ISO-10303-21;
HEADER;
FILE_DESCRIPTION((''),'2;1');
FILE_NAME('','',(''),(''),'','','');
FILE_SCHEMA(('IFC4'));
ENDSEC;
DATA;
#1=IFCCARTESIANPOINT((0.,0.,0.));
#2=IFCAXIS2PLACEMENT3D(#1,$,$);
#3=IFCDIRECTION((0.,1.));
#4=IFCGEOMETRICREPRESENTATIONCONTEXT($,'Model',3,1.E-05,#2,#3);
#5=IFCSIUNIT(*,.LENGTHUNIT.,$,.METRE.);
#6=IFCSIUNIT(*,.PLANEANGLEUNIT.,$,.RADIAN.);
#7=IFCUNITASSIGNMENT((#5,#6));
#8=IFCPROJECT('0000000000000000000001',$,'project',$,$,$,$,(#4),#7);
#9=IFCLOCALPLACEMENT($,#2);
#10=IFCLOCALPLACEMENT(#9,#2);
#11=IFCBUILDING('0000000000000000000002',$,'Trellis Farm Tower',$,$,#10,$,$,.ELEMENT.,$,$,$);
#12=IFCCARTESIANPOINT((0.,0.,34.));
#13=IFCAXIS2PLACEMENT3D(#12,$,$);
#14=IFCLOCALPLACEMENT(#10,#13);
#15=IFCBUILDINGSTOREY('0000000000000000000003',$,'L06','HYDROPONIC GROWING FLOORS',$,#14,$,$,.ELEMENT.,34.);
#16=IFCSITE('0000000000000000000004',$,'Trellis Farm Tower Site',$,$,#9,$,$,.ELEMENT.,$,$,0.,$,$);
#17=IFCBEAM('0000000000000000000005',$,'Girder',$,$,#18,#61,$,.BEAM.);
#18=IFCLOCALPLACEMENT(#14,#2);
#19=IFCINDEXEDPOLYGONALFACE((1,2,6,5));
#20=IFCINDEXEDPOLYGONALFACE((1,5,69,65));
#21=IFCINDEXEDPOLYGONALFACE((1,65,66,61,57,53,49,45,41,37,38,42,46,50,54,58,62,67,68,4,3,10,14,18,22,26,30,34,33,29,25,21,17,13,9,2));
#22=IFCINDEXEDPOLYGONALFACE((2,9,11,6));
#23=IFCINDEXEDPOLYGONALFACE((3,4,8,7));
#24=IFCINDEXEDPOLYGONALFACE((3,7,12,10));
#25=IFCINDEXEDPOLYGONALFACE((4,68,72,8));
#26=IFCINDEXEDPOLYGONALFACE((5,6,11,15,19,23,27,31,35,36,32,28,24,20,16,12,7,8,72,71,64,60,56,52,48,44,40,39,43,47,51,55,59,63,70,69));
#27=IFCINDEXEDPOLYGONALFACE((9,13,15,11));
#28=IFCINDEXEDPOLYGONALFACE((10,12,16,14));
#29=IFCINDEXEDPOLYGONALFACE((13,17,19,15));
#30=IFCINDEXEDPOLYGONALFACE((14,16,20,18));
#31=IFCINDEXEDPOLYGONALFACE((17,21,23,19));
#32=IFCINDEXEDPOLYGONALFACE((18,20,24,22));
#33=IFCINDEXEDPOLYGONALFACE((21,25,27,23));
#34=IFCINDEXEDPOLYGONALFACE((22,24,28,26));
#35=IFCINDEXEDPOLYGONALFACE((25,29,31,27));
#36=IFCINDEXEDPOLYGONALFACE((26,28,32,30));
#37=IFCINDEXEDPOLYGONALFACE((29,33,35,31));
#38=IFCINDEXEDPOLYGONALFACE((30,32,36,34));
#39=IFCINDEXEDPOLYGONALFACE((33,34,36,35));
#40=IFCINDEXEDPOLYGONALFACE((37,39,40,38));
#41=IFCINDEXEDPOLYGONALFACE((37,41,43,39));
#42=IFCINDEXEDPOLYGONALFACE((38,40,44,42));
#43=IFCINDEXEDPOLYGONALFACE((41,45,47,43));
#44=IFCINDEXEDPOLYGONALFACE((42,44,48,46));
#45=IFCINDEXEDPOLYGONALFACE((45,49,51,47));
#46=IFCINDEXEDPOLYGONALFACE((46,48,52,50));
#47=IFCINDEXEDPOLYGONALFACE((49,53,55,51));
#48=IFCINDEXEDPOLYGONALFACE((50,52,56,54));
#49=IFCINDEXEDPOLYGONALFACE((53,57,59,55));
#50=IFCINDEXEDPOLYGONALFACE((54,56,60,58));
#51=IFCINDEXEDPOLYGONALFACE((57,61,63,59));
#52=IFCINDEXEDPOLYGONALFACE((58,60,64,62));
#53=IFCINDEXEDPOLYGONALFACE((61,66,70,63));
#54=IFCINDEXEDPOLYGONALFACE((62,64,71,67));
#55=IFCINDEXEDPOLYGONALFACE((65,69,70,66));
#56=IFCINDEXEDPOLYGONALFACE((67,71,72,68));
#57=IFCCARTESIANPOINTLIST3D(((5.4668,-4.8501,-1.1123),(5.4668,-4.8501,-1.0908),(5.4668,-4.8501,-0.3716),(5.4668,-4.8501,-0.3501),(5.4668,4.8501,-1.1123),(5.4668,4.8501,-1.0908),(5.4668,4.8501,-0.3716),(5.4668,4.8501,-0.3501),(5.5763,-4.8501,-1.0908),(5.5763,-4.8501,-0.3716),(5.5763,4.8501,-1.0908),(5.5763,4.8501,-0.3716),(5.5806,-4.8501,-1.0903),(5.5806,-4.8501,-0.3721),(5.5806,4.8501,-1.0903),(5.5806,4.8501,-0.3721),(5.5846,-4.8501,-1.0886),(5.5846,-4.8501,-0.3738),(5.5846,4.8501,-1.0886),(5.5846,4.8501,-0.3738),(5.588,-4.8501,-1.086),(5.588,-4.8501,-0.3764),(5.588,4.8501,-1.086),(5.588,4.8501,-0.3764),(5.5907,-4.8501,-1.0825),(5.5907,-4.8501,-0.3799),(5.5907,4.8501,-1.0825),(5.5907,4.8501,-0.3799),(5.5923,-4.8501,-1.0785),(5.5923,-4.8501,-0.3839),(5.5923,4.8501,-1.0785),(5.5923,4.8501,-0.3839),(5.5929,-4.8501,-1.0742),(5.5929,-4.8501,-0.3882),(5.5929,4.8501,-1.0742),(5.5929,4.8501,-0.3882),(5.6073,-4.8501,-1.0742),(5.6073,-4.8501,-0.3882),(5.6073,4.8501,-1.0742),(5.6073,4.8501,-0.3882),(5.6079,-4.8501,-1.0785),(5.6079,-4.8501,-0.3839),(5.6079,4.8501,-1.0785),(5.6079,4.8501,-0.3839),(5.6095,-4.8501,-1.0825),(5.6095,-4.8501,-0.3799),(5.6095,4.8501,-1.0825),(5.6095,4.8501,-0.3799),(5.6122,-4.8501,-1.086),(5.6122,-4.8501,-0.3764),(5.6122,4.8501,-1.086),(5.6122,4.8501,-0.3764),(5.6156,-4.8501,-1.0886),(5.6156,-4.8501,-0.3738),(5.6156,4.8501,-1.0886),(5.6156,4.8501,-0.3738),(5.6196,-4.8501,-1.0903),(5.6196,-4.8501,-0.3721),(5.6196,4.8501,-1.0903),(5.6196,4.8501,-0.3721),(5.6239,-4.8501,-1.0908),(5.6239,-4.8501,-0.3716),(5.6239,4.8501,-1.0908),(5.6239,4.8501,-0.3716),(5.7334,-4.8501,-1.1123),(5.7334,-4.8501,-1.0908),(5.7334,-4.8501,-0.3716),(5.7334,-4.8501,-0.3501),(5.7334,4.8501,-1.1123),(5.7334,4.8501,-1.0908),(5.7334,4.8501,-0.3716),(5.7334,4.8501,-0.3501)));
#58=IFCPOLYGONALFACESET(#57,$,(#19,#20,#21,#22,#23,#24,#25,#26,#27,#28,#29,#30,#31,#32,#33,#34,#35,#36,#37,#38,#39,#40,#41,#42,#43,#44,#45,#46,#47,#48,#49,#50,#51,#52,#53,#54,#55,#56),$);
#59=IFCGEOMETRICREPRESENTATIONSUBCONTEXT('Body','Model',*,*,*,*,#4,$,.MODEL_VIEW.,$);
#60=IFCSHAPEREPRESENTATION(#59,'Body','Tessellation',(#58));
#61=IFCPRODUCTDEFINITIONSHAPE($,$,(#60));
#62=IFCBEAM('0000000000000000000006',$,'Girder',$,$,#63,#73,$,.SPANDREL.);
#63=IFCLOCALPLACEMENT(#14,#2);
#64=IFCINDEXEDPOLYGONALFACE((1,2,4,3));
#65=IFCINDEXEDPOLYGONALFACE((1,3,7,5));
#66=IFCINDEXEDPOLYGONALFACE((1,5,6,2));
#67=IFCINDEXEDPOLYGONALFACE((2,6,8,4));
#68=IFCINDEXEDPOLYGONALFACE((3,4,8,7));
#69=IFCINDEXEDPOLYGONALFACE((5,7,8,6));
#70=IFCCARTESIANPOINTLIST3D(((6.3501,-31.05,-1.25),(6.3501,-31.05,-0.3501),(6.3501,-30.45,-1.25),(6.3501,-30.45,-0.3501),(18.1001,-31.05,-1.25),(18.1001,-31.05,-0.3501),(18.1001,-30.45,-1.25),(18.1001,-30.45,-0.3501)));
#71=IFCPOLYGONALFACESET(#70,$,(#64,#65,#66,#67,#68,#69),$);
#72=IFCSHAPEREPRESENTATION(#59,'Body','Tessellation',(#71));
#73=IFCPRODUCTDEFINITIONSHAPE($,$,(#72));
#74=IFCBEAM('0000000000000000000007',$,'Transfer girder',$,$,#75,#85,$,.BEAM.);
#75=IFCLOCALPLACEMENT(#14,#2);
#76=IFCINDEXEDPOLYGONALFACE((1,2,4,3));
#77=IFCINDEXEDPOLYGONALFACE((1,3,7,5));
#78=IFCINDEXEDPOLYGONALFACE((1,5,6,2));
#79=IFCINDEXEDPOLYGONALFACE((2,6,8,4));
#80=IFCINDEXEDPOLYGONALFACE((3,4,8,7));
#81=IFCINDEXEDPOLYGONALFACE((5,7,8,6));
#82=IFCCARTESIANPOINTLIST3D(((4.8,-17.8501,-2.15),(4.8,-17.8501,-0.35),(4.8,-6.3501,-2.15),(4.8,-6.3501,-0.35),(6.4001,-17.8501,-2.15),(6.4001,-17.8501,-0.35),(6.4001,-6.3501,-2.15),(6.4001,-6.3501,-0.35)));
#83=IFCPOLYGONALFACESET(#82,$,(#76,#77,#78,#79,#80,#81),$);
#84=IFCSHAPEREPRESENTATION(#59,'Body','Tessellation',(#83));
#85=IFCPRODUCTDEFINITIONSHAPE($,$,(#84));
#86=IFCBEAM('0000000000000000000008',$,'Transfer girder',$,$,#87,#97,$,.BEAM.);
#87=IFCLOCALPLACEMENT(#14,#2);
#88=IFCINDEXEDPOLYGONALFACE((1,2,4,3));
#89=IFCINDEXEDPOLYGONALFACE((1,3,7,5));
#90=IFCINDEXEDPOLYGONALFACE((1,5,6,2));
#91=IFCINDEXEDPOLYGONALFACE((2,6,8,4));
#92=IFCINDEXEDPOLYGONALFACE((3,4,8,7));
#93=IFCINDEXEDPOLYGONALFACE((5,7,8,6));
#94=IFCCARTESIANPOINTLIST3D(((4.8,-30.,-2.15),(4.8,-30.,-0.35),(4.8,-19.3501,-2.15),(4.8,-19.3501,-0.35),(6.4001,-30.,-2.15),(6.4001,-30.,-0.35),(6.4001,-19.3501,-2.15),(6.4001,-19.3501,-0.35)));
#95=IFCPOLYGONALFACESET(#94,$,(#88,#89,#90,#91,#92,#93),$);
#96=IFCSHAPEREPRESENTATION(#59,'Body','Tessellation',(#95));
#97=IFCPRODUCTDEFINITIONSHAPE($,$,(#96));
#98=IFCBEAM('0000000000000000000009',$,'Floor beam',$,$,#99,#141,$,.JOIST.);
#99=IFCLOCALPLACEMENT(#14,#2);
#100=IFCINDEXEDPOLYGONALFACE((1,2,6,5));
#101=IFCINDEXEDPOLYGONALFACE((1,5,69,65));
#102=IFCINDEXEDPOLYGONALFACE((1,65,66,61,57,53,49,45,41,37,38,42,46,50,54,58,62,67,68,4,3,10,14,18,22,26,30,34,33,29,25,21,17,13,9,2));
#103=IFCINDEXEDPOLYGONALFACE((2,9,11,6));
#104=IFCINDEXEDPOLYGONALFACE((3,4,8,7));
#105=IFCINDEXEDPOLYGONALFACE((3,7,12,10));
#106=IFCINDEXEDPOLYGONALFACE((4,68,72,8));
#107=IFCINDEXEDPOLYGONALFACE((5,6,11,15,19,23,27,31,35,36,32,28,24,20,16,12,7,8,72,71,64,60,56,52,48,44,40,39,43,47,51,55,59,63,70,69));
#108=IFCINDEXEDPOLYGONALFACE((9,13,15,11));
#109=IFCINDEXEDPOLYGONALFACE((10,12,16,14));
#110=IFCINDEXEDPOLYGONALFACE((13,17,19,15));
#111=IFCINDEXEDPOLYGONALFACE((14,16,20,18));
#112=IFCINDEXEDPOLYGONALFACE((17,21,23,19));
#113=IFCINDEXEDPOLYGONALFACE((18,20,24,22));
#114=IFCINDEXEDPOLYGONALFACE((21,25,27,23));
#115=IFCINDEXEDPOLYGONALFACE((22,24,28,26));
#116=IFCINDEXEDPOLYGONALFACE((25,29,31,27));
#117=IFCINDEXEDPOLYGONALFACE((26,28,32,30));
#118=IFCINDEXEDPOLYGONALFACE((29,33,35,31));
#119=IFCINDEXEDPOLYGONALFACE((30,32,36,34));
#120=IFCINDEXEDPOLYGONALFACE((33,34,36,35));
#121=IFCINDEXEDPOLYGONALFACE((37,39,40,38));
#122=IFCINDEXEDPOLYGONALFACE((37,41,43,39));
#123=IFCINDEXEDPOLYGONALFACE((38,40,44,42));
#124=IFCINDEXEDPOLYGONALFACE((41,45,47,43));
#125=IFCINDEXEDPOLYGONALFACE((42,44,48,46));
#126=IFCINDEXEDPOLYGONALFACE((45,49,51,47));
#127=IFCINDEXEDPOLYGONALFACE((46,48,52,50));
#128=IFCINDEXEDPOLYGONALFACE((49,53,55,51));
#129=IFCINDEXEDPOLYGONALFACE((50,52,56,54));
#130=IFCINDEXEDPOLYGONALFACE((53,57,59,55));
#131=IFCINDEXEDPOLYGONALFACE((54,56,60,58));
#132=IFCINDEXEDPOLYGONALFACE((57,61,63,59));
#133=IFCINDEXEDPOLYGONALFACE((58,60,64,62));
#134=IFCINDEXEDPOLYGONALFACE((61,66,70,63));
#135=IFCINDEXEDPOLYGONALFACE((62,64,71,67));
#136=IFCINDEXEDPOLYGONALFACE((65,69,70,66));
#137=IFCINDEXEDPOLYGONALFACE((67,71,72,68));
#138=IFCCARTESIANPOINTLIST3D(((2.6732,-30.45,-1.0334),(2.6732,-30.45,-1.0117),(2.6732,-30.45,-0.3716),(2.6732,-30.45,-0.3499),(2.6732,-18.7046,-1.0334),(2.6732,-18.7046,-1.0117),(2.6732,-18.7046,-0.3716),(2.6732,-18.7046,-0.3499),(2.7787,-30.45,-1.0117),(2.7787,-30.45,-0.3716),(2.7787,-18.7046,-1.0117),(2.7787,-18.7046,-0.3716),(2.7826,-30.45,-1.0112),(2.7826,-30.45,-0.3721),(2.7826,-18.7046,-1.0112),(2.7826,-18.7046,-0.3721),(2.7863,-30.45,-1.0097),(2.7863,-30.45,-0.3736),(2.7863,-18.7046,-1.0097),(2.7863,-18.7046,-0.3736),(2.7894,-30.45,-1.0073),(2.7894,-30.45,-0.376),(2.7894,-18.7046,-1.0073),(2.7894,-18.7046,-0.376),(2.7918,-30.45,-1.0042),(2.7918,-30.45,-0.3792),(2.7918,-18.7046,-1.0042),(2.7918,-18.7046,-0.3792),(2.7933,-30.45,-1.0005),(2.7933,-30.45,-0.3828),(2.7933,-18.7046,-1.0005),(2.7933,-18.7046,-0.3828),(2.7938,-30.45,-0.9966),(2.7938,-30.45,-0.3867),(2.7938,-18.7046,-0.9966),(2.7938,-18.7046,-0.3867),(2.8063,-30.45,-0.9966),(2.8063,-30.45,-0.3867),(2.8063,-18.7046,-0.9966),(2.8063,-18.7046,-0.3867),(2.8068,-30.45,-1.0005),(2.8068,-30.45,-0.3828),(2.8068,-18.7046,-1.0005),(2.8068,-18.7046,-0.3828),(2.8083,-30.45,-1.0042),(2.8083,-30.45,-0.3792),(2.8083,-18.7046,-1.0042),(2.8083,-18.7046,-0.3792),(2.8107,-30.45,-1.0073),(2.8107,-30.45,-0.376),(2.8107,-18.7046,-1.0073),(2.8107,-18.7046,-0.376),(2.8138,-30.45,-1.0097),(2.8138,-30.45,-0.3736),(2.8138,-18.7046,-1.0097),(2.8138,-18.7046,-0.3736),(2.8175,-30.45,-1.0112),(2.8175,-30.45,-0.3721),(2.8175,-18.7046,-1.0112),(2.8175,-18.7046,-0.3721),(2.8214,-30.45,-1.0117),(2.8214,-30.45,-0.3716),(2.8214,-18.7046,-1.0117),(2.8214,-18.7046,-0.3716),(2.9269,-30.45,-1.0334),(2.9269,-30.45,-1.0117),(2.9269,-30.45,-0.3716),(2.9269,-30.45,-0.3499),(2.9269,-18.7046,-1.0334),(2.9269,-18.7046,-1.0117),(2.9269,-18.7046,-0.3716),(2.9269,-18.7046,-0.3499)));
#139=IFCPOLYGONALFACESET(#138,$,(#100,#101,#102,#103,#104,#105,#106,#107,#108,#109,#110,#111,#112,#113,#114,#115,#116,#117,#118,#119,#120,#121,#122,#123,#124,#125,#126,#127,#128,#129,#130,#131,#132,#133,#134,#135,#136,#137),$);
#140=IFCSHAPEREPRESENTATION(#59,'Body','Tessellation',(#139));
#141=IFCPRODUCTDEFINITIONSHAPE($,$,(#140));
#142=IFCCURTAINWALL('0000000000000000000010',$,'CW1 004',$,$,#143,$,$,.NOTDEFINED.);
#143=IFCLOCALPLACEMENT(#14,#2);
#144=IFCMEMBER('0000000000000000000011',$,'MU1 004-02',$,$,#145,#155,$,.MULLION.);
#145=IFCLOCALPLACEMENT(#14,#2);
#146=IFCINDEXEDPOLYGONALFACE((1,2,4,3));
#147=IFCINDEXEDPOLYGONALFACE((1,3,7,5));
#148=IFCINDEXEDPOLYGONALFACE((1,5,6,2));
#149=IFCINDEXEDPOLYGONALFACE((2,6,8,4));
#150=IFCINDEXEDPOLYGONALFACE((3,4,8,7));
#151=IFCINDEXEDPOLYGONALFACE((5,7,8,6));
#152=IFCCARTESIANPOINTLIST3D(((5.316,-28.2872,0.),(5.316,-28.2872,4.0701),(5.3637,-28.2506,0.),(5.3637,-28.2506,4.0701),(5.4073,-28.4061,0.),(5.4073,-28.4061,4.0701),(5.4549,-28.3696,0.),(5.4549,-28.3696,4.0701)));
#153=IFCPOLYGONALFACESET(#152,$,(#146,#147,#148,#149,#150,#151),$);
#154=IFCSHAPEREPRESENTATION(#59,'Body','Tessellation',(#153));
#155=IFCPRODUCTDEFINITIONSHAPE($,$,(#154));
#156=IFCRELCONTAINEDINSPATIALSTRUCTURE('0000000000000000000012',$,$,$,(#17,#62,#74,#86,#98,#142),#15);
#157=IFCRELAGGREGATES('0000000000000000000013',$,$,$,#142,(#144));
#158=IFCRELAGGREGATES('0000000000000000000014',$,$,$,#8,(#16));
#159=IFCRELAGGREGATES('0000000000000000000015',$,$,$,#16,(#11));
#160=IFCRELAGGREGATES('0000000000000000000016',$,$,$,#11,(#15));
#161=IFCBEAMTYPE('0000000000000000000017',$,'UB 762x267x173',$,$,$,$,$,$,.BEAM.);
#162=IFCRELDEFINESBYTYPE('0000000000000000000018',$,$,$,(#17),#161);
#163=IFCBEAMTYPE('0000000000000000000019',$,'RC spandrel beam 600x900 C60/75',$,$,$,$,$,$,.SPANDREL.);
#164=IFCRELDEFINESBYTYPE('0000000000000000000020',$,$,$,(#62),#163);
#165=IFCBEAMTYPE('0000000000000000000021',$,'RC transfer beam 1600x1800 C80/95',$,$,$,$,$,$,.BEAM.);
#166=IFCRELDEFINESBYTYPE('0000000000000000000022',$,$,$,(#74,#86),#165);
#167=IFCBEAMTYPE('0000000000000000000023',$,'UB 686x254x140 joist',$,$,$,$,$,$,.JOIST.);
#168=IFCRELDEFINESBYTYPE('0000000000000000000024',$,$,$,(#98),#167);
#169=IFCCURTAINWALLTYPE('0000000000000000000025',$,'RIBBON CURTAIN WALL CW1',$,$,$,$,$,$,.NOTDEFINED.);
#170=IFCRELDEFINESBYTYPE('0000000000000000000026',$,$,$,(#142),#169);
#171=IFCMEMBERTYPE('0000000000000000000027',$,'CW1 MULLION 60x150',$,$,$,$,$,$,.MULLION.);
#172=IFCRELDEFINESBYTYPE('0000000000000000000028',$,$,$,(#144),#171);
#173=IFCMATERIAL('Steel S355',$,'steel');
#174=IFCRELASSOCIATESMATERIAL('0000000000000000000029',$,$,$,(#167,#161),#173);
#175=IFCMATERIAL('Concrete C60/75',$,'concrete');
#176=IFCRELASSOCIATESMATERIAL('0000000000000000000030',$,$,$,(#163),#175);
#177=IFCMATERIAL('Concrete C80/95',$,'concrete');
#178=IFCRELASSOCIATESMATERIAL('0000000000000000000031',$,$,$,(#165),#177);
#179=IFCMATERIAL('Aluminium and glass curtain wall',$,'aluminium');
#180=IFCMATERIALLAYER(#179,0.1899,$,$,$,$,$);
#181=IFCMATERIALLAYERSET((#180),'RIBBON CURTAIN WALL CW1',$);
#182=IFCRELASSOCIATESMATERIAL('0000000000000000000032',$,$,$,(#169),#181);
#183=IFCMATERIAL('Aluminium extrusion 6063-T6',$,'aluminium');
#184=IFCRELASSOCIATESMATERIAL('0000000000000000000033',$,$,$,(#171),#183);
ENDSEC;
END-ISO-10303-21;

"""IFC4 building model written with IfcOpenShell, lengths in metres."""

from ifc_helpers import new_model, si_unit, direction, frame, origin, origin_2d, place, context, subcontext, project, spatial, rectangle, i_section, extrude, source, transform, mapped, material, layer, layer_set, material_profile, profile_set, type_object, element, aggregate, save


model = new_model("IFC4")

# Units and contexts
model_context = context("Model", 3, precision=1e-05, world=origin(), true_north=direction((0.0, 1.0)))
body_context = subcontext(model_context, "Body", "Model", "MODEL_VIEW")
ifc_project = project(units=[si_unit("LENGTHUNIT", "METRE"), si_unit("PLANEANGLEUNIT", "RADIAN")], contexts=[model_context])

# Site, building, storey
site_placement = place(None, origin())
site = spatial("IfcSite", under=ifc_project, at=site_placement, Name="Trellis Farm Tower Site", CompositionType="ELEMENT", RefElevation=0.0)
building_placement = place(site_placement, origin())
building = spatial("IfcBuilding", under=site, at=building_placement, Name="Trellis Farm Tower", CompositionType="ELEMENT")
storey_placement = place(building_placement, frame((0.0, 0.0, 34.0)))
storey = spatial("IfcBuildingStorey", under=building, at=storey_placement, Name="L06", Description="HYDROPONIC GROWING FLOORS", CompositionType="ELEMENT", Elevation=34.0)

# Shared definitions
ifc_material_1 = material(Name="Concrete C80/95", Category="concrete")

# Beams
ifc_material_2 = material(Name="Steel S355", Category="steel")
ifc_material_profile_1 = material_profile(ifc_material_2, i_section(OverallWidth=0.2537, OverallDepth=0.6836, WebThickness=0.0125, FlangeThickness=0.0217, FilletRadius=0.0151, at=origin_2d()), Name="UB 686x254x140")
ifc_profile_set_1 = profile_set([ifc_material_profile_1], Name="Steel S355")
beam_type_1 = type_object("IfcBeamType", Name="UB 686x254x140 joist", PredefinedType="JOIST", material=ifc_profile_set_1)
ifc_material_profile_2 = material_profile(ifc_material_2, i_section(OverallWidth=0.2666, OverallDepth=0.7622, WebThickness=0.0144, FlangeThickness=0.0215, FilletRadius=0.0166, at=origin_2d()), Name="UB 762x267x173")
ifc_profile_set_2 = profile_set([ifc_material_profile_2], Name="Steel S355")
beam_type_2 = type_object("IfcBeamType", Name="UB 762x267x173", PredefinedType="BEAM", material=ifc_profile_set_2)
shared_shape_1 = source(origin(), body_context, "Body", "SweptSolid", [
    extrude(i_section(OverallWidth=0.2666, OverallDepth=0.7622, WebThickness=0.0144, FlangeThickness=0.0215, FilletRadius=0.0166, at=origin_2d()), origin(), (0.0, 0.0, 1.0), 9.7002),
])
beam_1_placement = place(storey_placement, frame((5.6001, -4.8501, -0.7312), z_axis=(0.0, 1.0, 0.0), x_axis=(-1.0, 0.0, 0.0)))
element("IfcBeam", 1, at=beam_1_placement, inside=storey, type_object=beam_type_2, Name="Girder", PredefinedType="BEAM", context=body_context, shape_type="MappedRepresentation", body=[
    mapped(shared_shape_1, transform((0.0, 0.0, 0.0))),
])
ifc_material_3 = material(Name="Concrete C60/75", Category="concrete")
ifc_material_profile_3 = material_profile(ifc_material_3, rectangle(XDim=0.6001, YDim=0.8999, at=origin_2d()), Name="RC spandrel beam 600x900 C60/75")
ifc_profile_set_3 = profile_set([ifc_material_profile_3], Name="Concrete C60/75")
beam_type_3 = type_object("IfcBeamType", Name="RC spandrel beam 600x900 C60/75", PredefinedType="SPANDREL", material=ifc_profile_set_3)
shared_shape_2 = source(origin(), body_context, "Body", "SweptSolid", [
    extrude(rectangle(XDim=0.6001, YDim=0.8999, at=origin_2d()), origin(), (0.0, 0.0, 1.0), 11.75),
])
beam_2_placement = place(storey_placement, frame((6.3501, -30.75, -0.8), z_axis=(1.0, 0.0, 0.0), x_axis=(0.0, 1.0, 0.0)))
element("IfcBeam", 2, at=beam_2_placement, inside=storey, type_object=beam_type_3, Name="Girder", PredefinedType="SPANDREL", context=body_context, shape_type="MappedRepresentation", body=[
    mapped(shared_shape_2, transform((0.0, 0.0, 0.0))),
])
ifc_material_profile_4 = material_profile(ifc_material_1, rectangle(XDim=1.6001, YDim=1.8, at=origin_2d()), Name="RC transfer beam 1600x1800 C80/95")
ifc_profile_set_4 = profile_set([ifc_material_profile_4], Name="Concrete C80/95")
beam_type_4 = type_object("IfcBeamType", Name="RC transfer beam 1600x1800 C80/95", PredefinedType="BEAM", material=ifc_profile_set_4)
shared_shape_3 = source(origin(), body_context, "Body", "SweptSolid", [
    extrude(rectangle(XDim=1.6001, YDim=1.8, at=origin_2d()), origin(), (0.0, 0.0, 1.0), 11.5),
])
beam_3_placement = place(storey_placement, frame((5.6001, -17.8501, -1.25), z_axis=(0.0, 1.0, 0.0), x_axis=(-1.0, 0.0, 0.0)))
element("IfcBeam", 3, at=beam_3_placement, inside=storey, type_object=beam_type_4, Name="Transfer girder", PredefinedType="BEAM", context=body_context, shape_type="MappedRepresentation", body=[
    mapped(shared_shape_3, transform((0.0, 0.0, 0.0))),
])
shared_shape_4 = source(origin(), body_context, "Body", "SweptSolid", [
    extrude(rectangle(XDim=1.6001, YDim=1.8, at=origin_2d()), origin(), (0.0, 0.0, 1.0), 10.6499),
])
beam_4_placement = place(storey_placement, frame((5.6001, -30.0, -1.25), z_axis=(0.0, 1.0, 0.0), x_axis=(-1.0, 0.0, 0.0)))
element("IfcBeam", 4, at=beam_4_placement, inside=storey, type_object=beam_type_4, Name="Transfer girder", PredefinedType="BEAM", context=body_context, shape_type="MappedRepresentation", body=[
    mapped(shared_shape_4, transform((0.0, 0.0, 0.0))),
])
shared_shape_5 = source(origin(), body_context, "Body", "SweptSolid", [
    extrude(i_section(OverallWidth=0.2537, OverallDepth=0.6836, WebThickness=0.0125, FlangeThickness=0.0217, FilletRadius=0.0151, at=origin_2d()), origin(), (0.0, 0.0, 1.0), 11.7454),
])
beam_5_placement = place(storey_placement, frame((2.8, -30.45, -0.6917), z_axis=(0.0, 1.0, 0.0), x_axis=(-1.0, 0.0, 0.0)))
element("IfcBeam", 5, at=beam_5_placement, inside=storey, type_object=beam_type_1, Name="Floor beam", PredefinedType="JOIST", context=body_context, shape_type="MappedRepresentation", body=[
    mapped(shared_shape_5, transform((0.0, 0.0, 0.0))),
])

# Curtain wall, member
ifc_material_4 = material(Name="Aluminium and glass curtain wall", Category="aluminium")
ifc_layer_1 = layer(ifc_material_4, 0.1899)
ifc_layer_set_1 = layer_set([ifc_layer_1], Name="RIBBON CURTAIN WALL CW1")
curtain_wall_type = type_object("IfcCurtainWallType", Name="RIBBON CURTAIN WALL CW1", PredefinedType="NOTDEFINED", material=ifc_layer_set_1)
placement = place(storey_placement, origin())
curtain_wall_1 = element("IfcCurtainWall", 6, at=placement, inside=storey, type_object=curtain_wall_type, Name="CW1 004", PredefinedType="NOTDEFINED")
ifc_material_5 = material(Name="Aluminium extrusion 6063-T6", Category="aluminium")
ifc_material_profile_5 = material_profile(ifc_material_5, rectangle(XDim=0.0601, YDim=0.1499, at=origin_2d()), Name="MULLION 60x150")
ifc_profile_set_5 = profile_set([ifc_material_profile_5], Name="Aluminium extrusion 6063-T6")
member_type = type_object("IfcMemberType", Name="CW1 MULLION 60x150", PredefinedType="MULLION", material=ifc_profile_set_5)
shared_shape_6 = source(origin(), body_context, "Body", "SweptSolid", [
    extrude(rectangle(XDim=0.0601, YDim=0.1499, at=origin_2d()), origin(), (0.0, 0.0, 1.0), 4.0701),
])
member_placement = place(storey_placement, frame((5.3855, -28.3284, 0.0), z_axis=(0.0, 0.0, 1.0), x_axis=(0.793353, 0.608761, 0.0)))
member = element("IfcMember", 7, at=member_placement, type_object=member_type, Name="MU1 004-02", PredefinedType="MULLION", context=body_context, shape_type="MappedRepresentation", body=[
    mapped(shared_shape_6, transform((0.0, 0.0, 0.0))),
])
aggregate(curtain_wall_1, [member])

save(model, "model.ifc")
